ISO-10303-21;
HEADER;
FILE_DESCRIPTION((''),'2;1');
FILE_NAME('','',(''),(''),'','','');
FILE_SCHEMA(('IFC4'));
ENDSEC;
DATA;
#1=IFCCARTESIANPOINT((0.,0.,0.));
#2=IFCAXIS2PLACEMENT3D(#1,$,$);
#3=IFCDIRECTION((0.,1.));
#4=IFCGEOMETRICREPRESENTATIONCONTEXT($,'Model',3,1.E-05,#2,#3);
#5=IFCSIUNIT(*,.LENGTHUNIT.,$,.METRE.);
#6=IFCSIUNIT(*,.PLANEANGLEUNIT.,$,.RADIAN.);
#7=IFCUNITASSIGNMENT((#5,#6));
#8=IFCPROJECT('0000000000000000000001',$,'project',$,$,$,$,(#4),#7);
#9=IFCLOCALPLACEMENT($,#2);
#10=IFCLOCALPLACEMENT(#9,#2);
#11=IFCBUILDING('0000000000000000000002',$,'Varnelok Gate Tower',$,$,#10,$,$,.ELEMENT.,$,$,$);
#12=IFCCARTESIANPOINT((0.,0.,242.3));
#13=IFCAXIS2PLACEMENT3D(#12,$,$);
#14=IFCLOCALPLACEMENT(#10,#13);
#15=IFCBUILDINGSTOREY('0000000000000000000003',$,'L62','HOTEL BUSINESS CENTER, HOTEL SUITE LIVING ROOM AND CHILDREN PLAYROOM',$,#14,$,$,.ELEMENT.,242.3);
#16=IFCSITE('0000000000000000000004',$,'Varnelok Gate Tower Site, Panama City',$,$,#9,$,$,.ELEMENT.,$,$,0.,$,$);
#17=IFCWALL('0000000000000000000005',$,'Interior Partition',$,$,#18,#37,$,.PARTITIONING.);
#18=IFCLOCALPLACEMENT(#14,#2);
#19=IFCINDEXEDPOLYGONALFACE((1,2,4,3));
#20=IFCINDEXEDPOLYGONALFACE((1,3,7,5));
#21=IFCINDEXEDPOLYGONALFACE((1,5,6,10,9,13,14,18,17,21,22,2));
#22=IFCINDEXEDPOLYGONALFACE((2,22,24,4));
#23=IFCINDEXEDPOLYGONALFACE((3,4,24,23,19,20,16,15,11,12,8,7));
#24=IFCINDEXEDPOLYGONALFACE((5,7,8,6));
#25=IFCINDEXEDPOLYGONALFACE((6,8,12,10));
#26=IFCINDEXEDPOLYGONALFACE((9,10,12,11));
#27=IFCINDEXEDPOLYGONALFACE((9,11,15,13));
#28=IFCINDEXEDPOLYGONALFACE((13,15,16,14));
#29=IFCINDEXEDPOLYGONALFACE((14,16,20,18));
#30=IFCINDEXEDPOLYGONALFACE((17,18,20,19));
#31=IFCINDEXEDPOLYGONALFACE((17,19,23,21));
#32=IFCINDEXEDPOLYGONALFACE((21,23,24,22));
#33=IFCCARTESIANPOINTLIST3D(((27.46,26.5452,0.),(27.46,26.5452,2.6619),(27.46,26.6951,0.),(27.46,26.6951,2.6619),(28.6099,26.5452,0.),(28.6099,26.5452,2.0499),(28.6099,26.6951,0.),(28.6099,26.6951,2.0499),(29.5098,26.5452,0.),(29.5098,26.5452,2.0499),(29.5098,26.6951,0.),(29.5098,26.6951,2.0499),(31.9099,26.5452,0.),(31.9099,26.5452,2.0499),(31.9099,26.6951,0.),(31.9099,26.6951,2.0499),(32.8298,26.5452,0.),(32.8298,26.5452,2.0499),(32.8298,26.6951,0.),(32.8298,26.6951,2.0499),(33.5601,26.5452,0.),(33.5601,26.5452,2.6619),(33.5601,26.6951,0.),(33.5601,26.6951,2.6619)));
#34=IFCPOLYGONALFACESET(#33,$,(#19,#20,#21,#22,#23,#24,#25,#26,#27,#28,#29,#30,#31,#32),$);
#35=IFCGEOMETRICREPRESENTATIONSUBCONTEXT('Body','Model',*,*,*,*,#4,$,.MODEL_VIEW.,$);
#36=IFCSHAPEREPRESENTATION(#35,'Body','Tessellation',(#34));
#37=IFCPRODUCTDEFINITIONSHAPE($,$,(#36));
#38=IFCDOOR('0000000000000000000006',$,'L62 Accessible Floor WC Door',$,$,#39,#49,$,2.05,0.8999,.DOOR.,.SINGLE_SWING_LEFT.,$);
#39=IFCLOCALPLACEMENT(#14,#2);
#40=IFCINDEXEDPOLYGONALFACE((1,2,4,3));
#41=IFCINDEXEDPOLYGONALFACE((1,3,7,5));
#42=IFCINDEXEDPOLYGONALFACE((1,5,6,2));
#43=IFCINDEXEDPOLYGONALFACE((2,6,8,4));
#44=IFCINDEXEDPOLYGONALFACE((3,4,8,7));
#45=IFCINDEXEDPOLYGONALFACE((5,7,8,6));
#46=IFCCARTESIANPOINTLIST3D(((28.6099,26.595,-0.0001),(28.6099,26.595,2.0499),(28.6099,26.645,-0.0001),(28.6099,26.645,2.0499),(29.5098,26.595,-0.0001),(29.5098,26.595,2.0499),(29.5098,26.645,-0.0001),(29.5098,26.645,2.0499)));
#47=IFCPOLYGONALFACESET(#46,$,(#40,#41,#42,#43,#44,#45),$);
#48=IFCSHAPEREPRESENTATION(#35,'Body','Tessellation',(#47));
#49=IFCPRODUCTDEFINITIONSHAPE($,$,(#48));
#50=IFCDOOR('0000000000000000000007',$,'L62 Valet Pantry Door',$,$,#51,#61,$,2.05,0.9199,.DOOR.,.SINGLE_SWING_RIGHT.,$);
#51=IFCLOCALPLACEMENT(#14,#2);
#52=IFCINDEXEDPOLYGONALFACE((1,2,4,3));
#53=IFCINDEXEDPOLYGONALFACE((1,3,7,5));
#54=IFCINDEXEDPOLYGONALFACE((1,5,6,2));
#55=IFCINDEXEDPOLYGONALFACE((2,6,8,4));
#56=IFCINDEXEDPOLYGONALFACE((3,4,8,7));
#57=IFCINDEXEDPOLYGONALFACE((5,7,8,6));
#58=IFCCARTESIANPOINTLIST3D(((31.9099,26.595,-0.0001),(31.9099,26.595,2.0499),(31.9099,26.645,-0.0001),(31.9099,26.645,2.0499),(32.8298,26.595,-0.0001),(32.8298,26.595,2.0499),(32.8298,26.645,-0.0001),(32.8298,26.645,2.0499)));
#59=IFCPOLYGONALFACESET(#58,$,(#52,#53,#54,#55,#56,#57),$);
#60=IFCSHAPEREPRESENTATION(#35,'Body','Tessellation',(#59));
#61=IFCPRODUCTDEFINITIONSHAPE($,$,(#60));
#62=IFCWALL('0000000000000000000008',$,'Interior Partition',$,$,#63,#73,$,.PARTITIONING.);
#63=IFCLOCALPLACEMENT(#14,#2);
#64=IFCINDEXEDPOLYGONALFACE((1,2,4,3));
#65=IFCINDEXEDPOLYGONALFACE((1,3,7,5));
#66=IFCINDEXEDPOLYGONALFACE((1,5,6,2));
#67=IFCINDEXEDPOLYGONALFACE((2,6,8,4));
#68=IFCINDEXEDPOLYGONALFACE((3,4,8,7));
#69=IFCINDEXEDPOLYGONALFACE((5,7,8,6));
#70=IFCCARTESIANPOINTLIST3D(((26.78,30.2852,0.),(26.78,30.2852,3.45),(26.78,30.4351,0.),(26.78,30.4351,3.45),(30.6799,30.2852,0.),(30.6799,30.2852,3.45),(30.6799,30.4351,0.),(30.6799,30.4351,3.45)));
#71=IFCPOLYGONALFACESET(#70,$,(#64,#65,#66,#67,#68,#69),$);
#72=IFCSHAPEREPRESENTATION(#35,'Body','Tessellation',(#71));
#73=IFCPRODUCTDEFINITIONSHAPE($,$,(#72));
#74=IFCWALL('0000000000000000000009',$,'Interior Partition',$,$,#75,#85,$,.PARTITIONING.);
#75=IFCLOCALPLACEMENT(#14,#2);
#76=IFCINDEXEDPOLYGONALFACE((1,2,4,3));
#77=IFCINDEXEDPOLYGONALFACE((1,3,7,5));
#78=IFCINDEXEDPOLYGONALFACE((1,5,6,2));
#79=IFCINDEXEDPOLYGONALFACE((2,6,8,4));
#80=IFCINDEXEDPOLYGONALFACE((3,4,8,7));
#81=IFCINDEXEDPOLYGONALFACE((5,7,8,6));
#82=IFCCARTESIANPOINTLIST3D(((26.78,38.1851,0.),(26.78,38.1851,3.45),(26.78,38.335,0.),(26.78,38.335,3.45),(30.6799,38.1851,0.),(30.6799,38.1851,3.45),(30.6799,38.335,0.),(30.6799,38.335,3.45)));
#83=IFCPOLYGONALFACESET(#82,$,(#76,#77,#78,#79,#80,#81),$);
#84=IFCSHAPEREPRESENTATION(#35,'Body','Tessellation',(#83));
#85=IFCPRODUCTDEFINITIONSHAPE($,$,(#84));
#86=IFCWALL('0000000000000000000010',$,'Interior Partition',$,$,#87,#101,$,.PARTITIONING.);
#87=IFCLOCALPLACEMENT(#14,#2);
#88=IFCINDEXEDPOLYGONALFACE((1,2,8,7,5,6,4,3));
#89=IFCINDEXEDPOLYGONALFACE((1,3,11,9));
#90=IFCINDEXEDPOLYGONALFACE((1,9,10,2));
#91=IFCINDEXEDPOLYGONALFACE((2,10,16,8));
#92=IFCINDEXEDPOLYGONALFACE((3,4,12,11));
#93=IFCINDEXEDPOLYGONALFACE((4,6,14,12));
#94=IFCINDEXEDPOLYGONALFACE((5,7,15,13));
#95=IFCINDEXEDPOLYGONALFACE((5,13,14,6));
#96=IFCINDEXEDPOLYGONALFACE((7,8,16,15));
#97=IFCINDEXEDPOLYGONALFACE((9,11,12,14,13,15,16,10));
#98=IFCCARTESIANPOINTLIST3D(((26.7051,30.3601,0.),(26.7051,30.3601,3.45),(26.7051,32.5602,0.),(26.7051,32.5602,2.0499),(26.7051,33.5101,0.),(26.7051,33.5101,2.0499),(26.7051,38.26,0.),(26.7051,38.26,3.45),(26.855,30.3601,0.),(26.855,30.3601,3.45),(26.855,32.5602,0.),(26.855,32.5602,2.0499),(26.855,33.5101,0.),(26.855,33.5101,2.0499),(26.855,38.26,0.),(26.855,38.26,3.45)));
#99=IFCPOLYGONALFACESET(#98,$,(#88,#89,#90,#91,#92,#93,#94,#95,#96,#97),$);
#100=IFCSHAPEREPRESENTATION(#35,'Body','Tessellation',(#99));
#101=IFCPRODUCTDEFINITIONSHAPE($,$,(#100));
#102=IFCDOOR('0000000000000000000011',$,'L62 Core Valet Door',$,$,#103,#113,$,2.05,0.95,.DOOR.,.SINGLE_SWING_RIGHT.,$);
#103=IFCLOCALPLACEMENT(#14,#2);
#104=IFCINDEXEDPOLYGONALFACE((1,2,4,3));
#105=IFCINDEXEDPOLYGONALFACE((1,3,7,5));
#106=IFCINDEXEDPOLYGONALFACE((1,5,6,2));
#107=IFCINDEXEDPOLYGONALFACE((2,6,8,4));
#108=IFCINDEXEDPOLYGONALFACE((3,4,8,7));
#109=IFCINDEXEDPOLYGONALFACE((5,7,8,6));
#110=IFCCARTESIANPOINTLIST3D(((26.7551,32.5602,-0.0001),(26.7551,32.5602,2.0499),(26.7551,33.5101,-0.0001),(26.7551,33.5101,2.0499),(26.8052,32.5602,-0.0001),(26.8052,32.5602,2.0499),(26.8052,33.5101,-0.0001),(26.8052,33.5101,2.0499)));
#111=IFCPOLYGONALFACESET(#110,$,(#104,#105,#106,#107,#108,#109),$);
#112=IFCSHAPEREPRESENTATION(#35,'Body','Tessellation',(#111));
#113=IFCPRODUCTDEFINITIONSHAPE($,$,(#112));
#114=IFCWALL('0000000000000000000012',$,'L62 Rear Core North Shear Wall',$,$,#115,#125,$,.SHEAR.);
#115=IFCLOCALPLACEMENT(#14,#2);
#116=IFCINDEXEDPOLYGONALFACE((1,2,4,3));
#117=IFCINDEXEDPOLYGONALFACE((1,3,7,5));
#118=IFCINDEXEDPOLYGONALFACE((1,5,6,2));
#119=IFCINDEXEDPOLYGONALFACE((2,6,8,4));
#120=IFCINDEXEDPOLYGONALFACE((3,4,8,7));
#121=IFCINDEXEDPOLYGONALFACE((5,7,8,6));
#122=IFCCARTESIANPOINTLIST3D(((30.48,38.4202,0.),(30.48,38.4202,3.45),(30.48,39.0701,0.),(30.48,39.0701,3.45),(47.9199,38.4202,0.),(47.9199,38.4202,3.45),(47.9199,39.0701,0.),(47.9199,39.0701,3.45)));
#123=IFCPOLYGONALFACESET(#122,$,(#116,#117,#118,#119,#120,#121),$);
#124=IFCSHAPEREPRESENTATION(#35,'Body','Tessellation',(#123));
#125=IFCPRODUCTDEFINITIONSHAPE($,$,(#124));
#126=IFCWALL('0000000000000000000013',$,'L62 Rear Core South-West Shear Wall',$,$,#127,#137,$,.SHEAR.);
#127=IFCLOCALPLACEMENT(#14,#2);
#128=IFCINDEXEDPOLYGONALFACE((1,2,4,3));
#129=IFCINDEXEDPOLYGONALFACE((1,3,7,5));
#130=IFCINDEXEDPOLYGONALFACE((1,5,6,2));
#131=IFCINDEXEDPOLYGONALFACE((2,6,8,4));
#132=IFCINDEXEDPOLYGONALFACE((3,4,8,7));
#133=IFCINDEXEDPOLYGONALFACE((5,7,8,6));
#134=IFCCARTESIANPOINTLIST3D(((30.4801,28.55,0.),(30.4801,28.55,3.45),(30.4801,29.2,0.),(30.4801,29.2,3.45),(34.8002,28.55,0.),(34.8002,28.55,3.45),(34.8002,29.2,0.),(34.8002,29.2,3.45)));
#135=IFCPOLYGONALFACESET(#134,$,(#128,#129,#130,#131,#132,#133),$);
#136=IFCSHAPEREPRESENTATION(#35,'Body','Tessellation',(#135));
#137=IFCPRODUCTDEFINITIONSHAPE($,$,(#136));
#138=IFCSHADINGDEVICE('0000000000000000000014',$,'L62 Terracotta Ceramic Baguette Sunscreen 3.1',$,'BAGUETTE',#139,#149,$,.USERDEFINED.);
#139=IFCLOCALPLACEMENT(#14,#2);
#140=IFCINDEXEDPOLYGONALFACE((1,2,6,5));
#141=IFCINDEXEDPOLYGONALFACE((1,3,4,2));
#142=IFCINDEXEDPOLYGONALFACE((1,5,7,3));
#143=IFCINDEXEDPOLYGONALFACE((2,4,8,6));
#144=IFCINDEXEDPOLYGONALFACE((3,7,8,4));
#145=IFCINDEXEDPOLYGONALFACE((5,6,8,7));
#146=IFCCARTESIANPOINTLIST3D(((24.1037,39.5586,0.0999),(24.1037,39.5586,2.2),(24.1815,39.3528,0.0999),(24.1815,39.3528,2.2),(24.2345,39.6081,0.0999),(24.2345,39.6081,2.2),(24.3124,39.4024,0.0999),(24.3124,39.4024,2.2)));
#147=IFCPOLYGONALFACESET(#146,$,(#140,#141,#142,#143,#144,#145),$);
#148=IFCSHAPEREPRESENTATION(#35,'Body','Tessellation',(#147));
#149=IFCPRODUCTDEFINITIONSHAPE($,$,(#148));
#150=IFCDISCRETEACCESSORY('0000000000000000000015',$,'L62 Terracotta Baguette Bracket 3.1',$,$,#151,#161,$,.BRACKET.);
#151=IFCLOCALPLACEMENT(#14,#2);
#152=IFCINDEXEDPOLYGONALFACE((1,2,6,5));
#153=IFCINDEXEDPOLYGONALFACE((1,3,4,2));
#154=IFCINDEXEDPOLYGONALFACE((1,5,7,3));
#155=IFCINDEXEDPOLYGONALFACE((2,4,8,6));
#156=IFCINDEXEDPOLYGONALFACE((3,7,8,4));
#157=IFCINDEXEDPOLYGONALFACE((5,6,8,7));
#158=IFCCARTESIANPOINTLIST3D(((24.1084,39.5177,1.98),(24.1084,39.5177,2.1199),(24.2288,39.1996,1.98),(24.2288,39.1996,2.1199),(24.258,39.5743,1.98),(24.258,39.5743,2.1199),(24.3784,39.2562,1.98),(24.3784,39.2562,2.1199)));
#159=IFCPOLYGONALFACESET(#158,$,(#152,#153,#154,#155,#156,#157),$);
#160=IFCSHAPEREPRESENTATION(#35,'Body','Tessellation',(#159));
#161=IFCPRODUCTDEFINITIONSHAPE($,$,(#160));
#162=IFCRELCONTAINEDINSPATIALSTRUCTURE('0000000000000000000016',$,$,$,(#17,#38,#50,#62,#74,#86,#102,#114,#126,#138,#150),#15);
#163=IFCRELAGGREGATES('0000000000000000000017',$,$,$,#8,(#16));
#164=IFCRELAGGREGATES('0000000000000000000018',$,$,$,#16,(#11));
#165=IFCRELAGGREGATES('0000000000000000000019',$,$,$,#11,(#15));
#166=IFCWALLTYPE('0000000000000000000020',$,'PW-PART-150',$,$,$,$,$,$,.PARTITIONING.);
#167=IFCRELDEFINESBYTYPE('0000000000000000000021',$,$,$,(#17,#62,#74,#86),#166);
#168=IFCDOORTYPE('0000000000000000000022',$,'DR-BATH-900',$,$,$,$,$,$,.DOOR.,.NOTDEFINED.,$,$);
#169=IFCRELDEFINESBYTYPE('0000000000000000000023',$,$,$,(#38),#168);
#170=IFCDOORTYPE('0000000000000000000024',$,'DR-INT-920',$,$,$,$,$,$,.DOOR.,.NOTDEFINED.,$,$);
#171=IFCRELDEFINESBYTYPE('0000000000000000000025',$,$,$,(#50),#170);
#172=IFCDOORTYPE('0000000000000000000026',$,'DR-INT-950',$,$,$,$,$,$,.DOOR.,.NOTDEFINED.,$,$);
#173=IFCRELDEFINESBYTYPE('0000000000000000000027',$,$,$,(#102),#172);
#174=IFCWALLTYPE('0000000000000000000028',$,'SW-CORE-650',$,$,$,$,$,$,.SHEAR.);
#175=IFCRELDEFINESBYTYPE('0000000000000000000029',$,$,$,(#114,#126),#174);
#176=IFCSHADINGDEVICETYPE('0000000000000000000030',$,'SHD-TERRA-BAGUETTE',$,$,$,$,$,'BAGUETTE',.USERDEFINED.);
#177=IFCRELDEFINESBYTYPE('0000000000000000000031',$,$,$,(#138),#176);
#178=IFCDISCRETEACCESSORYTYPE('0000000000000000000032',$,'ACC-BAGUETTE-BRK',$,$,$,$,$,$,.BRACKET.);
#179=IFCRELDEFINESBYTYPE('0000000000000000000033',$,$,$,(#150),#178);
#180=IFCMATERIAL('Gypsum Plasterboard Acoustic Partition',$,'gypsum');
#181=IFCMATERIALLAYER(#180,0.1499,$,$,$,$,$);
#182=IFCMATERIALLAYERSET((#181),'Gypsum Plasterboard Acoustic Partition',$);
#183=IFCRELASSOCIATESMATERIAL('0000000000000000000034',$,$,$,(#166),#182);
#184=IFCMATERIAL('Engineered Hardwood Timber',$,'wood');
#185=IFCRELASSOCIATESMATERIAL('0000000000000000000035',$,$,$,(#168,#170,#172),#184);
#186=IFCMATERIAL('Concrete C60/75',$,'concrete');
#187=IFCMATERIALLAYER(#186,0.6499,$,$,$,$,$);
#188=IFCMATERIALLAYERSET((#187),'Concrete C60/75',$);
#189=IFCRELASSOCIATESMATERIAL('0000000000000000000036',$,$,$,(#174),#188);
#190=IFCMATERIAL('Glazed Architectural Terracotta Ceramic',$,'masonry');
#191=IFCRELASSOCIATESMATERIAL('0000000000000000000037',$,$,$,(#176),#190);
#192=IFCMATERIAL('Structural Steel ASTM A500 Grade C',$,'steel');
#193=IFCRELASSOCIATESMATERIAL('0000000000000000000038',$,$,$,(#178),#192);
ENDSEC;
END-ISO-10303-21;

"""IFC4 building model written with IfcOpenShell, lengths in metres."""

from ifc_helpers import new_model, si_unit, direction, frame, frame_2d, origin, origin_2d, place, context, subcontext, project, spatial, rectangle, extrude, source, transform, mapped, material, layer, layer_set, type_object, element, fill, save


model = new_model("IFC4")

# Units and contexts
model_context = context("Model", 3, precision=1e-05, world=origin(), true_north=direction((0.0, 1.0)))
body_context = subcontext(model_context, "Body", "Model", "MODEL_VIEW")
ifc_project = project(units=[si_unit("LENGTHUNIT", "METRE"), si_unit("PLANEANGLEUNIT", "RADIAN")], contexts=[model_context])

# Site, building, storey
site_placement = place(None, origin())
site = spatial("IfcSite", under=ifc_project, at=site_placement, Name="Varnelok Gate Tower Site, Panama City", CompositionType="ELEMENT", RefElevation=0.0)
building_placement = place(site_placement, origin())
building = spatial("IfcBuilding", under=site, at=building_placement, Name="Varnelok Gate Tower", CompositionType="ELEMENT")
storey_placement = place(building_placement, frame((0.0, 0.0, 242.3)))
storey = spatial("IfcBuildingStorey", under=building, at=storey_placement, Name="L62", Description="HOTEL BUSINESS CENTER, HOTEL SUITE LIVING ROOM AND CHILDREN PLAYROOM", CompositionType="ELEMENT", Elevation=242.3)

# Shared definitions
ifc_material_1 = material(Name="Gypsum Plasterboard Acoustic Partition", Category="gypsum")

# Wall, openings, doors
ifc_layer_1 = layer(ifc_material_1, 0.1499)
ifc_layer_set_1 = layer_set([ifc_layer_1], Name="Gypsum Plasterboard Acoustic Partition")
wall_type_1 = type_object("IfcWallType", Name="PW-PART-150", PredefinedType="PARTITIONING", material=ifc_layer_set_1)
wall_1_placement = place(storey_placement, frame((27.46, 26.6201, 0.0), z_axis=(0.0, 0.0, 1.0), x_axis=(1.0, 0.0, 0.0)))
wall_1 = element("IfcWall", 1, at=wall_1_placement, inside=storey, type_object=wall_type_1, Name="Interior Partition", PredefinedType="PARTITIONING", context=body_context, shape_type="SweptSolid", body=[
    extrude(rectangle(XDim=6.1001, YDim=0.1499, at=frame_2d((3.05, 0.0))), origin(), (0.0, 0.0, 1.0), 2.6619),
])
opening_1_placement = place(wall_1_placement, frame((1.1499, 0.0, 0.0)))
opening_1 = element("IfcOpeningElement", 2, at=opening_1_placement, cuts=wall_1, PredefinedType="OPENING", context=body_context, shape_type="SweptSolid", body=[
    extrude(rectangle(XDim=0.8999, YDim=2.05, at=frame_2d((0.45, 1.0249))), frame((0.0, 0.085, 0.0), z_axis=(0.0, -1.0, 0.0), x_axis=(1.0, 0.0, 0.0)), (0.0, 0.0, 1.0), 0.1699),
])
opening_2_placement = place(wall_1_placement, frame((4.45, 0.0, 0.0)))
opening_2 = element("IfcOpeningElement", 3, at=opening_2_placement, cuts=wall_1, PredefinedType="OPENING", context=body_context, shape_type="SweptSolid", body=[
    extrude(rectangle(XDim=0.9199, YDim=2.05, at=frame_2d((0.46, 1.0249))), frame((0.0, 0.085, 0.0), z_axis=(0.0, -1.0, 0.0), x_axis=(1.0, 0.0, 0.0)), (0.0, 0.0, 1.0), 0.1699),
])
ifc_material_2 = material(Name="Engineered Hardwood Timber", Category="wood")
door_type_1 = type_object("IfcDoorType", Name="DR-BATH-900", OperationType="NOTDEFINED", PredefinedType="DOOR", material=ifc_material_2)
door_1_placement = place(opening_1_placement, origin())
door_1 = element("IfcDoor", 4, at=door_1_placement, inside=storey, type_object=door_type_1, Name="L62 Accessible Floor WC Door", OperationType="SINGLE_SWING_LEFT", OverallHeight=2.05, OverallWidth=0.8999, PredefinedType="DOOR", context=body_context, shape_type="SweptSolid", body=[
    extrude(rectangle(XDim=0.8999, YDim=2.05, at=frame_2d((0.45, 1.0249))), frame((0.0, 0.0249, 0.0), z_axis=(0.0, -1.0, 0.0), x_axis=(1.0, 0.0, 0.0)), (0.0, 0.0, 1.0), 0.05),
])
fill(opening_1, door_1)
door_type_2 = type_object("IfcDoorType", Name="DR-INT-920", OperationType="NOTDEFINED", PredefinedType="DOOR", material=ifc_material_2)
door_2_placement = place(opening_2_placement, origin())
door_2 = element("IfcDoor", 5, at=door_2_placement, inside=storey, type_object=door_type_2, Name="L62 Valet Pantry Door", OperationType="SINGLE_SWING_RIGHT", OverallHeight=2.05, OverallWidth=0.9199, PredefinedType="DOOR", context=body_context, shape_type="SweptSolid", body=[
    extrude(rectangle(XDim=0.9199, YDim=2.05, at=frame_2d((0.46, 1.0249))), frame((0.0, 0.0249, 0.0), z_axis=(0.0, -1.0, 0.0), x_axis=(1.0, 0.0, 0.0)), (0.0, 0.0, 1.0), 0.05),
])
fill(opening_2, door_2)

# Walls
for number, where, z_axis, x_axis, name in (
    (6, (26.78, 30.3601, 0.0), (0.0, 0.0, 1.0), (1.0, 0.0, 0.0), "Interior Partition"),
    (7, (26.78, 38.26, 0.0), (0.0, 0.0, 1.0), (1.0, 0.0, 0.0), "Interior Partition"),
):
    element("IfcWall", number, at=place(storey_placement, frame(where, z_axis=z_axis, x_axis=x_axis)), inside=storey, type_object=wall_type_1, Name=name, PredefinedType="PARTITIONING", context=body_context, shape_type="SweptSolid", body=[
        extrude(rectangle(XDim=3.8999, YDim=0.1499, at=frame_2d((1.95, 0.0))), origin(), (0.0, 0.0, 1.0), 3.45),
    ])

# Wall, opening, door
wall_2_placement = place(storey_placement, frame((26.78, 30.3601, 0.0), z_axis=(0.0, 0.0, 1.0), x_axis=(0.0, 1.0, 0.0)))
wall_2 = element("IfcWall", 8, at=wall_2_placement, inside=storey, type_object=wall_type_1, Name="Interior Partition", PredefinedType="PARTITIONING", context=body_context, shape_type="SweptSolid", body=[
    extrude(rectangle(XDim=7.8999, YDim=0.1499, at=frame_2d((3.95, 0.0))), origin(), (0.0, 0.0, 1.0), 3.45),
])
opening_3_placement = place(wall_2_placement, frame((2.2, 0.0, 0.0)))
opening_3 = element("IfcOpeningElement", 9, at=opening_3_placement, cuts=wall_2, PredefinedType="OPENING", context=body_context, shape_type="SweptSolid", body=[
    extrude(rectangle(XDim=0.95, YDim=2.05, at=frame_2d((0.4751, 1.0249))), frame((0.0, 0.085, 0.0), z_axis=(0.0, -1.0, 0.0), x_axis=(1.0, 0.0, 0.0)), (0.0, 0.0, 1.0), 0.1699),
])
door_type_3 = type_object("IfcDoorType", Name="DR-INT-950", OperationType="NOTDEFINED", PredefinedType="DOOR", material=ifc_material_2)
door_3_placement = place(opening_3_placement, origin())
door_3 = element("IfcDoor", 10, at=door_3_placement, inside=storey, type_object=door_type_3, Name="L62 Core Valet Door", OperationType="SINGLE_SWING_RIGHT", OverallHeight=2.05, OverallWidth=0.95, PredefinedType="DOOR", context=body_context, shape_type="SweptSolid", body=[
    extrude(rectangle(XDim=0.95, YDim=2.05, at=frame_2d((0.4751, 1.0249))), frame((0.0, 0.0249, 0.0), z_axis=(0.0, -1.0, 0.0), x_axis=(1.0, 0.0, 0.0)), (0.0, 0.0, 1.0), 0.05),
])
fill(opening_3, door_3)

# Walls
ifc_material_3 = material(Name="Concrete C60/75", Category="concrete")
ifc_layer_2 = layer(ifc_material_3, 0.6499)
ifc_layer_set_2 = layer_set([ifc_layer_2], Name="Concrete C60/75")
wall_type_2 = type_object("IfcWallType", Name="SW-CORE-650", PredefinedType="SHEAR", material=ifc_layer_set_2)
wall_3_placement = place(storey_placement, frame((30.48, 38.7451, 0.0), z_axis=(0.0, 0.0, 1.0), x_axis=(1.0, 0.0, 0.0)))
element("IfcWall", 11, at=wall_3_placement, inside=storey, type_object=wall_type_2, Name="L62 Rear Core North Shear Wall", PredefinedType="SHEAR", context=body_context, shape_type="SweptSolid", body=[
    extrude(rectangle(XDim=17.4399, YDim=0.6499, at=frame_2d((8.72, 0.0))), origin(), (0.0, 0.0, 1.0), 3.45),
])
wall_4_placement = place(storey_placement, frame((30.48, 28.875, 0.0), z_axis=(0.0, 0.0, 1.0), x_axis=(1.0, 0.0, 0.0)))
element("IfcWall", 12, at=wall_4_placement, inside=storey, type_object=wall_type_2, Name="L62 Rear Core South-West Shear Wall", PredefinedType="SHEAR", context=body_context, shape_type="SweptSolid", body=[
    extrude(rectangle(XDim=4.3201, YDim=0.6499, at=frame_2d((2.1602, 0.0))), origin(), (0.0, 0.0, 1.0), 3.45),
])

# Shading device
ifc_material_4 = material(Name="Glazed Architectural Terracotta Ceramic", Category="masonry")
shading_device_type = type_object("IfcShadingDeviceType", Name="SHD-TERRA-BAGUETTE", ElementType="BAGUETTE", PredefinedType="USERDEFINED", material=ifc_material_4)
shared_shape_1 = source(origin(), body_context, "Body", "SweptSolid", [
    extrude(rectangle(XDim=0.1399, YDim=0.22, at=origin_2d()), origin(), (0.0, 0.0, 1.0), 2.1001),
])
shading_device_placement = place(storey_placement, frame((24.208, 39.4805, 0.0999), z_axis=(0.0, 0.0, 1.0), x_axis=(0.935222, 0.354063, 0.0)))
element("IfcShadingDevice", 13, at=shading_device_placement, inside=storey, type_object=shading_device_type, Name="L62 Terracotta Ceramic Baguette Sunscreen 3.1", ObjectType="BAGUETTE", PredefinedType="USERDEFINED", context=body_context, shape_type="MappedRepresentation", body=[
    mapped(shared_shape_1, transform((0.0, 0.0, 0.0), scale=1.0)),
])

# Discrete accessory
ifc_material_5 = material(Name="Structural Steel ASTM A500 Grade C", Category="steel")
discrete_accessory_type = type_object("IfcDiscreteAccessoryType", Name="ACC-BAGUETTE-BRK", PredefinedType="BRACKET", material=ifc_material_5)
shared_shape_2 = source(origin(), body_context, "Body", "SweptSolid", [
    extrude(rectangle(XDim=0.1599, YDim=0.3401, at=origin_2d()), origin(), (0.0, 0.0, 1.0), 0.1399),
])
discrete_accessory_placement = place(storey_placement, frame((24.2434, 39.387, 1.98), z_axis=(0.0, 0.0, 1.0), x_axis=(0.935222, 0.354063, 0.0)))
element("IfcDiscreteAccessory", 14, at=discrete_accessory_placement, inside=storey, type_object=discrete_accessory_type, Name="L62 Terracotta Baguette Bracket 3.1", PredefinedType="BRACKET", context=body_context, shape_type="MappedRepresentation", body=[
    mapped(shared_shape_2, transform((0.0, 0.0, 0.0), scale=1.0)),
])

save(model, "model.ifc")
